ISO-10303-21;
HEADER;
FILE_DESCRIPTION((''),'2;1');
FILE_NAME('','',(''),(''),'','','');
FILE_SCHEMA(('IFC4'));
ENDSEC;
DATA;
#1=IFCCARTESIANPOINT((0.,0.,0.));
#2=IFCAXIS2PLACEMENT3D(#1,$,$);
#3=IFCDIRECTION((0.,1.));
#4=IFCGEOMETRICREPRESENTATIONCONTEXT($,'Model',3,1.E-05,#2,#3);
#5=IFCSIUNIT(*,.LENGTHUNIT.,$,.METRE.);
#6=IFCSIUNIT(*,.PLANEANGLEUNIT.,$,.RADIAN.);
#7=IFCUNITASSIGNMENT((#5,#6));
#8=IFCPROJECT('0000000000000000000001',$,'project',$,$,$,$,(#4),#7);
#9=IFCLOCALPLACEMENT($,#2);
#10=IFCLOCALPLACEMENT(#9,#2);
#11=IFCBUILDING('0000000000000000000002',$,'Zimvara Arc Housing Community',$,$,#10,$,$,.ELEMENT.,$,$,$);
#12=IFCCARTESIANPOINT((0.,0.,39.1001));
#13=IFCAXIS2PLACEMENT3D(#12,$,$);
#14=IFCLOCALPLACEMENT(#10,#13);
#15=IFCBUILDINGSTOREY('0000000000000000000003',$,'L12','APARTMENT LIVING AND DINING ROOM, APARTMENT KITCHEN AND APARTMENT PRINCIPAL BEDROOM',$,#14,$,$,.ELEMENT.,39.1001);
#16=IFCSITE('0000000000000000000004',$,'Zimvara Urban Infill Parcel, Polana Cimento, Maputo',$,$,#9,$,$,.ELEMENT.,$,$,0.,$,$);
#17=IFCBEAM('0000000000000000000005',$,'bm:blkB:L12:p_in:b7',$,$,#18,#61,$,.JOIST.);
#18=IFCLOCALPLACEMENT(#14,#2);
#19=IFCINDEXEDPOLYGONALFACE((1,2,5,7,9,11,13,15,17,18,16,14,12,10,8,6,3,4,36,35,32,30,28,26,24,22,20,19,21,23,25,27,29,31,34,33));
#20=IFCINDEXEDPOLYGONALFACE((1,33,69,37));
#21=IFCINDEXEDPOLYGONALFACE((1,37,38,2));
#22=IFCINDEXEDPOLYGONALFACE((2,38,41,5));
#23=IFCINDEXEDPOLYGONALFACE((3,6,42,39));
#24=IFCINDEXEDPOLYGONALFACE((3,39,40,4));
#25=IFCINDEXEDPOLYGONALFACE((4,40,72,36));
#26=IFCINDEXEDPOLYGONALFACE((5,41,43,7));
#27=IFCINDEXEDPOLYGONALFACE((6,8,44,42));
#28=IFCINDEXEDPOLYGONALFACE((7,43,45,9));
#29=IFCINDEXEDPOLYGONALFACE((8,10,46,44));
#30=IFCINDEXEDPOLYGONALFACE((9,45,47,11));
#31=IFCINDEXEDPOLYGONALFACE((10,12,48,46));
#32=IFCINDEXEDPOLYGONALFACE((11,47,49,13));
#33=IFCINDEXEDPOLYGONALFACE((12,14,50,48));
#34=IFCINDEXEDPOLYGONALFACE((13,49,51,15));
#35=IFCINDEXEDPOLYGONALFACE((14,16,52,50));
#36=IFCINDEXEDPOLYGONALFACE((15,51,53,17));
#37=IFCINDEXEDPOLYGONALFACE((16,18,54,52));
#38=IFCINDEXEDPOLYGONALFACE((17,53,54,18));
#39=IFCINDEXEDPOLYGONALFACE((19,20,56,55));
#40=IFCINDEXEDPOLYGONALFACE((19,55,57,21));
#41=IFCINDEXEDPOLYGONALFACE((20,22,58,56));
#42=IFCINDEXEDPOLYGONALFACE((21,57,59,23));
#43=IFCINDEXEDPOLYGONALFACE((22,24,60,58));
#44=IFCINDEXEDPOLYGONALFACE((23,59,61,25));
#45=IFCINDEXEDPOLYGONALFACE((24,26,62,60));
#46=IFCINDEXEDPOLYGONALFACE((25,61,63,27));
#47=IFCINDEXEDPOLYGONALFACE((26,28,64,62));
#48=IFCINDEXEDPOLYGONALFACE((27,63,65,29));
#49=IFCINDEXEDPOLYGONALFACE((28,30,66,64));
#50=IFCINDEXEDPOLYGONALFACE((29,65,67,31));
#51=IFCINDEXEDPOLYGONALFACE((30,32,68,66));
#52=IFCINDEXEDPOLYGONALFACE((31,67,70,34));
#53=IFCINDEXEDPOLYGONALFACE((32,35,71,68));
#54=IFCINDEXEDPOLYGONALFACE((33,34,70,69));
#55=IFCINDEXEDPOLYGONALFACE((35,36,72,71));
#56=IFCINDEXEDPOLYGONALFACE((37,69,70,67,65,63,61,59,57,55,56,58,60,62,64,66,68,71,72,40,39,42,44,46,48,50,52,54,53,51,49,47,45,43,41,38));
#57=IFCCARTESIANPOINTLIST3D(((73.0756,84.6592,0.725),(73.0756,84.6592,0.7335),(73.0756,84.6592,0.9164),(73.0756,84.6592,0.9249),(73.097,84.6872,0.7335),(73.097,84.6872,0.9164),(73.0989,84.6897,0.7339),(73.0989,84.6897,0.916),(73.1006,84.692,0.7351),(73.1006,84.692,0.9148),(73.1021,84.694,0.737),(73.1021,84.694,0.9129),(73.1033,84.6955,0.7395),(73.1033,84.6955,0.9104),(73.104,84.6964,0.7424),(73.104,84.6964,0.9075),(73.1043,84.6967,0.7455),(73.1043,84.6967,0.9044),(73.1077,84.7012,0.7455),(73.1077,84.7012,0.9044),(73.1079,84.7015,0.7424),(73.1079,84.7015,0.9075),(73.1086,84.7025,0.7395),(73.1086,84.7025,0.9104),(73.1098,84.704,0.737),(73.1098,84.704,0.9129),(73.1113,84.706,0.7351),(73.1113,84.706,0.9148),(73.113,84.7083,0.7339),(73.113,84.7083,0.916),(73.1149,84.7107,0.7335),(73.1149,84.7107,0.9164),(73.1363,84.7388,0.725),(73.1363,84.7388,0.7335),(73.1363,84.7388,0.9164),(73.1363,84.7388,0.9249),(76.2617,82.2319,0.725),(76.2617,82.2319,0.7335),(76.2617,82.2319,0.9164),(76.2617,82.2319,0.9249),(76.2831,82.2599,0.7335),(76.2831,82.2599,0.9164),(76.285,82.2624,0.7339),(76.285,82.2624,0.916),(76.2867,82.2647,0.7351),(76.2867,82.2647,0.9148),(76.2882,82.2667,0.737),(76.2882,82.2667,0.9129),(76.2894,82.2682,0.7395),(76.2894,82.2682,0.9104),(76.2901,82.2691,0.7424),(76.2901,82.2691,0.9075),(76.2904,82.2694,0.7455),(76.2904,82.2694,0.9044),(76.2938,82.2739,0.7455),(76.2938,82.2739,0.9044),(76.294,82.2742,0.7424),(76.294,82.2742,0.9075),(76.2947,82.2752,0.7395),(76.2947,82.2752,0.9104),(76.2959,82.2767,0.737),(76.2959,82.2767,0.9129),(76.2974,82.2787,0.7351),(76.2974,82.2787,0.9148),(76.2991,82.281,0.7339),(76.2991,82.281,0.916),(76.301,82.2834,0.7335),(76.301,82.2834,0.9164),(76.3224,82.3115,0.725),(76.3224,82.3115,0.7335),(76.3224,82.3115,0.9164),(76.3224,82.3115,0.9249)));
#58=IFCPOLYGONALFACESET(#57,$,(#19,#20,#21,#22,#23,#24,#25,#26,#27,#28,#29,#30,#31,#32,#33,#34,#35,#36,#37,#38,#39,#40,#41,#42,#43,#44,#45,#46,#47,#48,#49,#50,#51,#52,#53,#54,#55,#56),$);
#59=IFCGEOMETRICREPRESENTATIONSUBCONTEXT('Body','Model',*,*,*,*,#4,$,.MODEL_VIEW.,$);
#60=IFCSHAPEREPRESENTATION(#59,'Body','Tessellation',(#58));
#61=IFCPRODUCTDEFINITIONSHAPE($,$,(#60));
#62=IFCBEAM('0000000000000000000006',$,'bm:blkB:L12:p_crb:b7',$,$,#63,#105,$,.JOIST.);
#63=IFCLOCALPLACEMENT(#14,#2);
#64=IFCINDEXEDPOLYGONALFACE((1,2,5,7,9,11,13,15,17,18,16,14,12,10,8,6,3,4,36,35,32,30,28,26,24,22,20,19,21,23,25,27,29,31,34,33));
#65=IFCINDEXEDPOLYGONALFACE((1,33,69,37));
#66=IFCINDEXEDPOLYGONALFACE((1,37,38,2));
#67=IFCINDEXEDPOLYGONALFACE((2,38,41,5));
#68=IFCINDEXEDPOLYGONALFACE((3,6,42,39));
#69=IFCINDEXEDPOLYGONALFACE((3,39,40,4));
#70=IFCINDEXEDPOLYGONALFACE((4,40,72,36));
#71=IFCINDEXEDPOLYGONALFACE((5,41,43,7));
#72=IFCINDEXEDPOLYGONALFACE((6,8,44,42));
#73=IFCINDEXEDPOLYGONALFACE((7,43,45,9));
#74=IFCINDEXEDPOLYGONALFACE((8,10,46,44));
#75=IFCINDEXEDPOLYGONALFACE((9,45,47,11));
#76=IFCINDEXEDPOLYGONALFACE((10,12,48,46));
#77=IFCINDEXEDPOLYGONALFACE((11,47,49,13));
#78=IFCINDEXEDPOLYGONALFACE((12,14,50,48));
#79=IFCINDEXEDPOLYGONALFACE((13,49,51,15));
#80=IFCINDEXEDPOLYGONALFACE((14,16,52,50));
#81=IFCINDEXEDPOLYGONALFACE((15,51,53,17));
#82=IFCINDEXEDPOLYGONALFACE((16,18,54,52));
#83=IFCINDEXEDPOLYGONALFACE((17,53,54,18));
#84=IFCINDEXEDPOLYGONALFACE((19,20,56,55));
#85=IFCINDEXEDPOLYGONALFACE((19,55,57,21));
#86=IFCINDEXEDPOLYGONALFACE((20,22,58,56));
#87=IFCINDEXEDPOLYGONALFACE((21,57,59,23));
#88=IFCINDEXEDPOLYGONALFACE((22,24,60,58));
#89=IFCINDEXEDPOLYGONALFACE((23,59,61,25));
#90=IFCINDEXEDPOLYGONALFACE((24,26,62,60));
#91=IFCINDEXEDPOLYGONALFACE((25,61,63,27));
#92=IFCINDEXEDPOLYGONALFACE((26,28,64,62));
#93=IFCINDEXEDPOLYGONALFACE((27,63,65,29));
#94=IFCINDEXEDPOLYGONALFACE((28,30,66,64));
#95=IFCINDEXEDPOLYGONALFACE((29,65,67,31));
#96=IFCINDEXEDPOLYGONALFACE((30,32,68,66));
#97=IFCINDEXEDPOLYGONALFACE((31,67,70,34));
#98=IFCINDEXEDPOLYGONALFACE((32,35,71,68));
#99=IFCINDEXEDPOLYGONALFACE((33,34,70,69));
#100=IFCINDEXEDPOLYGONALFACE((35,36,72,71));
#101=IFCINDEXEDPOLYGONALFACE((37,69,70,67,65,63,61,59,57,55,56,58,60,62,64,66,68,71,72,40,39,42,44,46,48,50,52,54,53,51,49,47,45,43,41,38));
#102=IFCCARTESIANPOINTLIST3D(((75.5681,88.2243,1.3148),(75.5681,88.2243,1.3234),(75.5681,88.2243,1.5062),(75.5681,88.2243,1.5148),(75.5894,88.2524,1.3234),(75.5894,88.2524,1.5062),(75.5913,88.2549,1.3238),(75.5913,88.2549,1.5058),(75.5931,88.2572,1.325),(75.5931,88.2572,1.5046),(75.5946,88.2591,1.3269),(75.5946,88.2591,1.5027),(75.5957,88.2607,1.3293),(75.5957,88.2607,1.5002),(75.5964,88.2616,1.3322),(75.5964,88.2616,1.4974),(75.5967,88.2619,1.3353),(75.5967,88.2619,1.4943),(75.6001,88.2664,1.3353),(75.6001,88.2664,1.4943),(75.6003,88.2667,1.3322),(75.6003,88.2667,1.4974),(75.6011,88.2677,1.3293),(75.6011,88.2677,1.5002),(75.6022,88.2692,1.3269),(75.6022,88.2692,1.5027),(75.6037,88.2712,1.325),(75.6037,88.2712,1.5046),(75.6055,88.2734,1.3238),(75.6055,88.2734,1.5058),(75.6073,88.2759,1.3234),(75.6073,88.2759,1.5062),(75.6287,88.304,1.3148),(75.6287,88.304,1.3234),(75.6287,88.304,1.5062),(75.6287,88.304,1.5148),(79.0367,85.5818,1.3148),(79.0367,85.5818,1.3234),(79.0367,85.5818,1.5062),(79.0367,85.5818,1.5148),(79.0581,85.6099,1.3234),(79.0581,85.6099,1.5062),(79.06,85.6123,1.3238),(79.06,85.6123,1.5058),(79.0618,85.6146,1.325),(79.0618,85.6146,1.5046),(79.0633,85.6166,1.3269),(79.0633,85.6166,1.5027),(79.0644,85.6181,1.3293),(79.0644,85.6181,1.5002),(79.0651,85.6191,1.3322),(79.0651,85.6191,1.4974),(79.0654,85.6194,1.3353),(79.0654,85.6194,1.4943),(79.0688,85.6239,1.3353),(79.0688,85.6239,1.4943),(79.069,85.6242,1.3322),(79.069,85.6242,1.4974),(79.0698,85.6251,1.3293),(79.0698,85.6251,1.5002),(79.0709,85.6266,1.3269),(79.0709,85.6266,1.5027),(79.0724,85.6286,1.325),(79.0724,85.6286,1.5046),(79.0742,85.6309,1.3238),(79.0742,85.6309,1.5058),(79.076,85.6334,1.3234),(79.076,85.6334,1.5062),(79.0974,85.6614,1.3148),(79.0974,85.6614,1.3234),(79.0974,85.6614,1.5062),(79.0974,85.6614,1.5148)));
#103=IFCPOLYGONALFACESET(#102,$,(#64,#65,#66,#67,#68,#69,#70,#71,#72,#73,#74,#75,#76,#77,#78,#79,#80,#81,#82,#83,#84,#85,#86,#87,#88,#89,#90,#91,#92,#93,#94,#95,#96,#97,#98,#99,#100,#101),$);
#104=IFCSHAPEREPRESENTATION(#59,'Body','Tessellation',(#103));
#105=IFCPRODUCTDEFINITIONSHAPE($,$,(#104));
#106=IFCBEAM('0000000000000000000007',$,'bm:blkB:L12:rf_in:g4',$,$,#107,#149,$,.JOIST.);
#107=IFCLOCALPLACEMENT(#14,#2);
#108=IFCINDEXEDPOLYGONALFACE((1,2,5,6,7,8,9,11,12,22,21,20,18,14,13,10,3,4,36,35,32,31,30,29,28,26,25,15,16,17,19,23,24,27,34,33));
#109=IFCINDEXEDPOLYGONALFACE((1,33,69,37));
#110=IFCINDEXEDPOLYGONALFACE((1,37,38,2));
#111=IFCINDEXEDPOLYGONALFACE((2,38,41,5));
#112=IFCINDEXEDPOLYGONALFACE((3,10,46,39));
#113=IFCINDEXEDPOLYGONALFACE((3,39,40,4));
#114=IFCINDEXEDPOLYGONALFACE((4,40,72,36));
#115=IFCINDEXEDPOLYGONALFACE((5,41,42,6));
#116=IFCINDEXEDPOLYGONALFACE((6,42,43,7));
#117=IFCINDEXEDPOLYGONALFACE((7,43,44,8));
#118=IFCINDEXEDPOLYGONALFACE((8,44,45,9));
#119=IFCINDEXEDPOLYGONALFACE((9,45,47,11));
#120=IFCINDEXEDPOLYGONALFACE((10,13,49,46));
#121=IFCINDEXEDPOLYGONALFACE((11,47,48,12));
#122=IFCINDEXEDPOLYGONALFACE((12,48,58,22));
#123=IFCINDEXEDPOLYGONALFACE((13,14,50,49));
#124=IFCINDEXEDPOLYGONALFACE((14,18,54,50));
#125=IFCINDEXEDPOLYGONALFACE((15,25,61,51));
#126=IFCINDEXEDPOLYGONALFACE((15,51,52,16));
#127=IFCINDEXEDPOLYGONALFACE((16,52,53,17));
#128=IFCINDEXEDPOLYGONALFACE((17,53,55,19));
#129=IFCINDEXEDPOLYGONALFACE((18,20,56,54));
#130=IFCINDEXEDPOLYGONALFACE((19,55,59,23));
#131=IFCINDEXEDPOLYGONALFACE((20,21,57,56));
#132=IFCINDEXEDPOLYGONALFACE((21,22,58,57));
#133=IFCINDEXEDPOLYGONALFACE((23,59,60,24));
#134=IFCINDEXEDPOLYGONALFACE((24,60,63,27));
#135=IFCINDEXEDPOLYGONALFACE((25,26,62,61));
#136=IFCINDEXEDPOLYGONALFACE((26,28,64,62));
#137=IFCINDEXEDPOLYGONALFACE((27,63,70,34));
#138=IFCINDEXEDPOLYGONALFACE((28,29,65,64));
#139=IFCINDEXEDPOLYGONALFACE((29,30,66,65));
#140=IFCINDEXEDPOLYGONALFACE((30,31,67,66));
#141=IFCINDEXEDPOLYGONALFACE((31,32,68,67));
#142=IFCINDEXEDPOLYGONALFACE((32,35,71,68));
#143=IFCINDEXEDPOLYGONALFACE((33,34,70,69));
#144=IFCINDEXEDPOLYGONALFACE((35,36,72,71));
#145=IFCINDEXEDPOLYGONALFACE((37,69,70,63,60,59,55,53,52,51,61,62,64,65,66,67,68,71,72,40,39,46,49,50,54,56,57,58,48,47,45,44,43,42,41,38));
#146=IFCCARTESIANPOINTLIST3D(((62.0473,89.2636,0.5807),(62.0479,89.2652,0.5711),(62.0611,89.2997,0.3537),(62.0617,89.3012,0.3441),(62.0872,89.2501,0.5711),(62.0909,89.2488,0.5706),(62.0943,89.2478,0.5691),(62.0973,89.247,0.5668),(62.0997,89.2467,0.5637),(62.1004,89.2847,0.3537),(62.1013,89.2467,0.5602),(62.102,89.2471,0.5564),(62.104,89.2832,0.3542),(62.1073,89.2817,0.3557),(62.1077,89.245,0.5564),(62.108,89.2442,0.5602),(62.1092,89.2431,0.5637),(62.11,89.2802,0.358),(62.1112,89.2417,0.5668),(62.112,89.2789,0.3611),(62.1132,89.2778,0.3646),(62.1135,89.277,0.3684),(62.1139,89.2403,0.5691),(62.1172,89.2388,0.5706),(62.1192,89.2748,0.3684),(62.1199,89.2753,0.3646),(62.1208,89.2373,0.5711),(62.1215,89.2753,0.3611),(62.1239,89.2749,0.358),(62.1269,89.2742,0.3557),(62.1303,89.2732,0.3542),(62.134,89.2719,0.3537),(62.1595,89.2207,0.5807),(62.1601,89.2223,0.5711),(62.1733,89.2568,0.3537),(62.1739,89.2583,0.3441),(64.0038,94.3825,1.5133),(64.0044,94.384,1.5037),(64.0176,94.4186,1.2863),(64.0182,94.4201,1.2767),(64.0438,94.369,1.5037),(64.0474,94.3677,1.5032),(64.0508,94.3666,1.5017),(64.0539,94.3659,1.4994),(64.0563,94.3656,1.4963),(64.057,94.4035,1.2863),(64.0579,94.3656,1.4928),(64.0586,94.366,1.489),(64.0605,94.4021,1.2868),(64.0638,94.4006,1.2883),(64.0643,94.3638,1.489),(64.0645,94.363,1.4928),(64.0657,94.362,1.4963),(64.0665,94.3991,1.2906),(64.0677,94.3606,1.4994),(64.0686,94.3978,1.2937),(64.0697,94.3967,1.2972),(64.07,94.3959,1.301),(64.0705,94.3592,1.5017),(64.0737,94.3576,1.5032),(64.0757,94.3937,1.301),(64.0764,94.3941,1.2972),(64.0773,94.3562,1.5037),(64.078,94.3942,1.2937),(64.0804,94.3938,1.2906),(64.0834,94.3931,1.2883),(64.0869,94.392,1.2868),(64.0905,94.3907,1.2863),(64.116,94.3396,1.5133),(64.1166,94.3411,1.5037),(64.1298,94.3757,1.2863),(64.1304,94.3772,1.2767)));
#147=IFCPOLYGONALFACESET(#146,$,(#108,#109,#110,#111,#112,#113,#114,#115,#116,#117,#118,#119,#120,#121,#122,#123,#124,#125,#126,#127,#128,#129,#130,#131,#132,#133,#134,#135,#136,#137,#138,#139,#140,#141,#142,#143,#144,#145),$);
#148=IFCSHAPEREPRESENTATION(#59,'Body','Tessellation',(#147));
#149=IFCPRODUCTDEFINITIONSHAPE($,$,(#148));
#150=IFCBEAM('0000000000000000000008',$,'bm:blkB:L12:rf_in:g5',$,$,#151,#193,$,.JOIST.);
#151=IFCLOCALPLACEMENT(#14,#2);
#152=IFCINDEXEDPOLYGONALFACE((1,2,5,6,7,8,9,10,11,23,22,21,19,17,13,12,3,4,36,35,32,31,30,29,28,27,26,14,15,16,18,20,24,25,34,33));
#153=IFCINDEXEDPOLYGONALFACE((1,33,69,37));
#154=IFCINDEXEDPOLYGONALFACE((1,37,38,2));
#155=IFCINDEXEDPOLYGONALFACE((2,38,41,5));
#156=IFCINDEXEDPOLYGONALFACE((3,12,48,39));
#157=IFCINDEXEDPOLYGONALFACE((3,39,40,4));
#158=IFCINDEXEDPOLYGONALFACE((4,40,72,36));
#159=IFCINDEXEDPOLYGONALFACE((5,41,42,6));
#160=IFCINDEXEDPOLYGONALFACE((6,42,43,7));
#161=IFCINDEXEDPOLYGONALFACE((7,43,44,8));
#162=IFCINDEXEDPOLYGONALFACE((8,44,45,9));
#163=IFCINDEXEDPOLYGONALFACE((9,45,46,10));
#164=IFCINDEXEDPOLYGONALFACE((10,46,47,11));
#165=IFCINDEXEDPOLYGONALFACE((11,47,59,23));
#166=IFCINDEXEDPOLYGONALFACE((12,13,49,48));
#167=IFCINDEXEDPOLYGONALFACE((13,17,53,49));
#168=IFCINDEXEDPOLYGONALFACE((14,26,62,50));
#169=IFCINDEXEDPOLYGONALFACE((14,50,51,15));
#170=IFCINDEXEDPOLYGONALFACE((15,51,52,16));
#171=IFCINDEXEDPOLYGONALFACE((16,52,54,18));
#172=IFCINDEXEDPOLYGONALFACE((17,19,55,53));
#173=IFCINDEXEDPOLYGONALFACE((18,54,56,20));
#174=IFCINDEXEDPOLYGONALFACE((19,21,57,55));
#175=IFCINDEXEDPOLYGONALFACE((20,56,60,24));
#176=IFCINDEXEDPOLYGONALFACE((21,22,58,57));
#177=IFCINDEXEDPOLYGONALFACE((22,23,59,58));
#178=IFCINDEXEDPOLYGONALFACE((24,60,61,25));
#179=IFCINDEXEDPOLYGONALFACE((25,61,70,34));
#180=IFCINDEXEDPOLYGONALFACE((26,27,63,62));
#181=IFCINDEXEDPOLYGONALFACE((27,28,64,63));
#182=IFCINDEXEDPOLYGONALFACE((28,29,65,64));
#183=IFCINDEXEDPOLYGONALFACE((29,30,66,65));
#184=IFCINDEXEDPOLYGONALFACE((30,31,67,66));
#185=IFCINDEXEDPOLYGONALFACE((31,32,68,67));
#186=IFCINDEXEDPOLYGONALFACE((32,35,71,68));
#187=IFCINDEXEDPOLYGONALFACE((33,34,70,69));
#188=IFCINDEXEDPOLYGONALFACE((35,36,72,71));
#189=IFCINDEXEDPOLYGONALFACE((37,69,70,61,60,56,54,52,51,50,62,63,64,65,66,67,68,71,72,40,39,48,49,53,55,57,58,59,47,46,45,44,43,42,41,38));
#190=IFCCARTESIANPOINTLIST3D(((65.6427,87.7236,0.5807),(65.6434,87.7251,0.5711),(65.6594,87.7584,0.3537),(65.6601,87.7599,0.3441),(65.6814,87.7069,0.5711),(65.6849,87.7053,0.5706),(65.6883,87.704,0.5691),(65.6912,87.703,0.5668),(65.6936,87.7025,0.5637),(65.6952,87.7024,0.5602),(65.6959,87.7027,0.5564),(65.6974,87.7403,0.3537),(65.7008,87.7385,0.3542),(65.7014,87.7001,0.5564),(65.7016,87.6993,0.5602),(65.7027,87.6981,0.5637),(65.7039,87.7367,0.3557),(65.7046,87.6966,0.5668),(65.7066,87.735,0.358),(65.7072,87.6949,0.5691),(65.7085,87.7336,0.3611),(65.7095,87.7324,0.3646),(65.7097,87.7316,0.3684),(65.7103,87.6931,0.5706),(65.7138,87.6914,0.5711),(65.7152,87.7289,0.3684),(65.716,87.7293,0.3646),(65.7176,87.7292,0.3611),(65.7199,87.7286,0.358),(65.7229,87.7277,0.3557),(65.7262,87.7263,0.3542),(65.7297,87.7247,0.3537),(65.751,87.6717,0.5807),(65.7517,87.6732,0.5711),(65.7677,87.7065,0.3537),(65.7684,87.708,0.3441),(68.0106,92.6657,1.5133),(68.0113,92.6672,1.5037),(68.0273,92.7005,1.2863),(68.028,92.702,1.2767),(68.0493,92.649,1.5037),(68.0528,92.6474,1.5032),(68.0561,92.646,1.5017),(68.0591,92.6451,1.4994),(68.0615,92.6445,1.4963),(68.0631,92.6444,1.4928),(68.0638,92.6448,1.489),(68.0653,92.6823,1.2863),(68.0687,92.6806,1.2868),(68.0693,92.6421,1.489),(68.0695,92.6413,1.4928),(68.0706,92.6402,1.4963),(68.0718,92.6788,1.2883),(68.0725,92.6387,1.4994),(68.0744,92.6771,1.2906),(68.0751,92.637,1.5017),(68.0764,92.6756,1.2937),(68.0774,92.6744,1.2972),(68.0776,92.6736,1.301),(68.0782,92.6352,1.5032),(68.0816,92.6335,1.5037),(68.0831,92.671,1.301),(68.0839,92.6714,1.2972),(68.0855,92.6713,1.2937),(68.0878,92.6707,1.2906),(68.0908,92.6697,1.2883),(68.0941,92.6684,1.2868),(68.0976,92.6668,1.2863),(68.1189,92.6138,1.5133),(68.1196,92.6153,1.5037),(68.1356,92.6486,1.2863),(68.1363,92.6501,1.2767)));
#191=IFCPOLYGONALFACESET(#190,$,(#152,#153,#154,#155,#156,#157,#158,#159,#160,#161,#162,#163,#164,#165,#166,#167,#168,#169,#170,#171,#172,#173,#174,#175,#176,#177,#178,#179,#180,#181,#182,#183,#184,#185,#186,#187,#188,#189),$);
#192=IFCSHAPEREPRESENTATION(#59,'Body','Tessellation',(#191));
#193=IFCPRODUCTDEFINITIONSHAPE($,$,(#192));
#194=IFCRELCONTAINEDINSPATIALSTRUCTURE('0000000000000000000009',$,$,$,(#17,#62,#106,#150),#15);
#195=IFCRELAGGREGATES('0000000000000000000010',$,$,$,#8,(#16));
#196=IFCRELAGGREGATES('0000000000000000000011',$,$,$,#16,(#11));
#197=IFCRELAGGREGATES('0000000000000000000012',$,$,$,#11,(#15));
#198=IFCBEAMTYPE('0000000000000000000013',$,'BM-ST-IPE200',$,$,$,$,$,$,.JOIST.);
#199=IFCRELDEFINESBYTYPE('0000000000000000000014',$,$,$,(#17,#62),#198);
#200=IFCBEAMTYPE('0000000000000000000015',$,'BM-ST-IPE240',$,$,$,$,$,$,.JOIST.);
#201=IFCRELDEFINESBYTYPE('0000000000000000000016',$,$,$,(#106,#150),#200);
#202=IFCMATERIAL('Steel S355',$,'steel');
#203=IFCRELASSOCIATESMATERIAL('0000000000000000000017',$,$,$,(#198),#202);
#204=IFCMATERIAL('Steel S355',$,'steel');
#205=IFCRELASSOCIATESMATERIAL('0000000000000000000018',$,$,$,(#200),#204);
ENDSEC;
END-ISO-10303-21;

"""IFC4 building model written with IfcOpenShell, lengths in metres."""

from ifc_helpers import new_model, si_unit, direction, frame, origin, origin_2d, place, context, subcontext, project, spatial, i_section, extrude, material, material_profile, profile_set, type_object, element, save


model = new_model("IFC4")

# Units and contexts
model_context = context("Model", 3, precision=1e-05, world=origin(), true_north=direction((0.0, 1.0)))
body_context = subcontext(model_context, "Body", "Model", "MODEL_VIEW")
ifc_project = project(units=[si_unit("LENGTHUNIT", "METRE"), si_unit("PLANEANGLEUNIT", "RADIAN")], contexts=[model_context])

# Site, building, storey
site_placement = place(None, origin())
site = spatial("IfcSite", under=ifc_project, at=site_placement, Name="Zimvara Urban Infill Parcel, Polana Cimento, Maputo", CompositionType="ELEMENT", RefElevation=0.0)
building_placement = place(site_placement, origin())
building = spatial("IfcBuilding", under=site, at=building_placement, Name="Zimvara Arc Housing Community", CompositionType="ELEMENT")
storey_placement = place(building_placement, frame((0.0, 0.0, 39.1001)))
storey = spatial("IfcBuildingStorey", under=building, at=storey_placement, Name="L12", Description="APARTMENT LIVING AND DINING ROOM, APARTMENT KITCHEN AND APARTMENT PRINCIPAL BEDROOM", CompositionType="ELEMENT", Elevation=39.1001)

# Beams
ifc_material_1 = material(Name="Steel S355", Category="steel")
ifc_material_profile_1 = material_profile(ifc_material_1, i_section(OverallWidth=0.1001, OverallDepth=0.2, WebThickness=0.0056, FlangeThickness=0.0085, FilletRadius=0.012, at=origin_2d()), Name="IPE 200")
ifc_profile_set_1 = profile_set([ifc_material_profile_1], Name="Steel S355")
beam_type_1 = type_object("IfcBeamType", Name="BM-ST-IPE200", PredefinedType="JOIST", material=ifc_profile_set_1)
beam_1_placement = place(storey_placement, frame((73.106, 84.699, 0.825), z_axis=(0.795457, -0.60601, 0.0), x_axis=(0.60601, 0.795457, 0.0)))
element("IfcBeam", 1, at=beam_1_placement, inside=storey, type_object=beam_type_1, Name="bm:blkB:L12:p_in:b7", PredefinedType="JOIST", context=body_context, shape_type="SweptSolid", body=[
    extrude(i_section(OverallWidth=0.1001, OverallDepth=0.2, WebThickness=0.0056, FlangeThickness=0.0085, FilletRadius=0.012, at=origin_2d()), origin(), (0.0, 0.0, 1.0), 4.0054),
])
beam_2_placement = place(storey_placement, frame((75.5984, 88.2642, 1.4148), z_axis=(0.795463, -0.606003, 0.0), x_axis=(0.606003, 0.795463, 0.0)))
element("IfcBeam", 2, at=beam_2_placement, inside=storey, type_object=beam_type_1, Name="bm:blkB:L12:p_crb:b7", PredefinedType="JOIST", context=body_context, shape_type="SweptSolid", body=[
    extrude(i_section(OverallWidth=0.1001, OverallDepth=0.2, WebThickness=0.0056, FlangeThickness=0.0085, FilletRadius=0.012, at=origin_2d()), origin(), (0.0, 0.0, 1.0), 4.3606),
])
ifc_material_2 = material(Name="Steel S355", Category="steel")
ifc_material_profile_2 = material_profile(ifc_material_2, i_section(OverallWidth=0.1201, OverallDepth=0.24, WebThickness=0.0061, FlangeThickness=0.0098, FilletRadius=0.0149, at=origin_2d()), Name="IPE 240")
ifc_profile_set_2 = profile_set([ifc_material_profile_2], Name="Steel S355")
beam_type_2 = type_object("IfcBeamType", Name="BM-ST-IPE240", PredefinedType="JOIST", material=ifc_profile_set_2)
for number, where, z_axis, x_axis, name in (
    (3, (62.1106, 89.261, 0.4624), (0.351968, 0.920853, 0.167771), (-0.934093, 0.357029, 0.0), "bm:blkB:L12:rf_in:g4"),
    (4, (65.7056, 87.7158, 0.4624), (0.425968, 0.889047, 0.16777), (-0.901829, 0.432092, 0.0), "bm:blkB:L12:rf_in:g5"),
):
    element("IfcBeam", number, at=place(storey_placement, frame(where, z_axis=z_axis, x_axis=x_axis)), inside=storey, type_object=beam_type_2, Name=name, PredefinedType="JOIST", context=body_context, shape_type="SweptSolid", body=[
        extrude(i_section(OverallWidth=0.1201, OverallDepth=0.24, WebThickness=0.0061, FlangeThickness=0.0098, FilletRadius=0.0149, at=origin_2d()), origin(), (0.0, 0.0, 1.0), 5.5588),
    ])

save(model, "model.ifc")
